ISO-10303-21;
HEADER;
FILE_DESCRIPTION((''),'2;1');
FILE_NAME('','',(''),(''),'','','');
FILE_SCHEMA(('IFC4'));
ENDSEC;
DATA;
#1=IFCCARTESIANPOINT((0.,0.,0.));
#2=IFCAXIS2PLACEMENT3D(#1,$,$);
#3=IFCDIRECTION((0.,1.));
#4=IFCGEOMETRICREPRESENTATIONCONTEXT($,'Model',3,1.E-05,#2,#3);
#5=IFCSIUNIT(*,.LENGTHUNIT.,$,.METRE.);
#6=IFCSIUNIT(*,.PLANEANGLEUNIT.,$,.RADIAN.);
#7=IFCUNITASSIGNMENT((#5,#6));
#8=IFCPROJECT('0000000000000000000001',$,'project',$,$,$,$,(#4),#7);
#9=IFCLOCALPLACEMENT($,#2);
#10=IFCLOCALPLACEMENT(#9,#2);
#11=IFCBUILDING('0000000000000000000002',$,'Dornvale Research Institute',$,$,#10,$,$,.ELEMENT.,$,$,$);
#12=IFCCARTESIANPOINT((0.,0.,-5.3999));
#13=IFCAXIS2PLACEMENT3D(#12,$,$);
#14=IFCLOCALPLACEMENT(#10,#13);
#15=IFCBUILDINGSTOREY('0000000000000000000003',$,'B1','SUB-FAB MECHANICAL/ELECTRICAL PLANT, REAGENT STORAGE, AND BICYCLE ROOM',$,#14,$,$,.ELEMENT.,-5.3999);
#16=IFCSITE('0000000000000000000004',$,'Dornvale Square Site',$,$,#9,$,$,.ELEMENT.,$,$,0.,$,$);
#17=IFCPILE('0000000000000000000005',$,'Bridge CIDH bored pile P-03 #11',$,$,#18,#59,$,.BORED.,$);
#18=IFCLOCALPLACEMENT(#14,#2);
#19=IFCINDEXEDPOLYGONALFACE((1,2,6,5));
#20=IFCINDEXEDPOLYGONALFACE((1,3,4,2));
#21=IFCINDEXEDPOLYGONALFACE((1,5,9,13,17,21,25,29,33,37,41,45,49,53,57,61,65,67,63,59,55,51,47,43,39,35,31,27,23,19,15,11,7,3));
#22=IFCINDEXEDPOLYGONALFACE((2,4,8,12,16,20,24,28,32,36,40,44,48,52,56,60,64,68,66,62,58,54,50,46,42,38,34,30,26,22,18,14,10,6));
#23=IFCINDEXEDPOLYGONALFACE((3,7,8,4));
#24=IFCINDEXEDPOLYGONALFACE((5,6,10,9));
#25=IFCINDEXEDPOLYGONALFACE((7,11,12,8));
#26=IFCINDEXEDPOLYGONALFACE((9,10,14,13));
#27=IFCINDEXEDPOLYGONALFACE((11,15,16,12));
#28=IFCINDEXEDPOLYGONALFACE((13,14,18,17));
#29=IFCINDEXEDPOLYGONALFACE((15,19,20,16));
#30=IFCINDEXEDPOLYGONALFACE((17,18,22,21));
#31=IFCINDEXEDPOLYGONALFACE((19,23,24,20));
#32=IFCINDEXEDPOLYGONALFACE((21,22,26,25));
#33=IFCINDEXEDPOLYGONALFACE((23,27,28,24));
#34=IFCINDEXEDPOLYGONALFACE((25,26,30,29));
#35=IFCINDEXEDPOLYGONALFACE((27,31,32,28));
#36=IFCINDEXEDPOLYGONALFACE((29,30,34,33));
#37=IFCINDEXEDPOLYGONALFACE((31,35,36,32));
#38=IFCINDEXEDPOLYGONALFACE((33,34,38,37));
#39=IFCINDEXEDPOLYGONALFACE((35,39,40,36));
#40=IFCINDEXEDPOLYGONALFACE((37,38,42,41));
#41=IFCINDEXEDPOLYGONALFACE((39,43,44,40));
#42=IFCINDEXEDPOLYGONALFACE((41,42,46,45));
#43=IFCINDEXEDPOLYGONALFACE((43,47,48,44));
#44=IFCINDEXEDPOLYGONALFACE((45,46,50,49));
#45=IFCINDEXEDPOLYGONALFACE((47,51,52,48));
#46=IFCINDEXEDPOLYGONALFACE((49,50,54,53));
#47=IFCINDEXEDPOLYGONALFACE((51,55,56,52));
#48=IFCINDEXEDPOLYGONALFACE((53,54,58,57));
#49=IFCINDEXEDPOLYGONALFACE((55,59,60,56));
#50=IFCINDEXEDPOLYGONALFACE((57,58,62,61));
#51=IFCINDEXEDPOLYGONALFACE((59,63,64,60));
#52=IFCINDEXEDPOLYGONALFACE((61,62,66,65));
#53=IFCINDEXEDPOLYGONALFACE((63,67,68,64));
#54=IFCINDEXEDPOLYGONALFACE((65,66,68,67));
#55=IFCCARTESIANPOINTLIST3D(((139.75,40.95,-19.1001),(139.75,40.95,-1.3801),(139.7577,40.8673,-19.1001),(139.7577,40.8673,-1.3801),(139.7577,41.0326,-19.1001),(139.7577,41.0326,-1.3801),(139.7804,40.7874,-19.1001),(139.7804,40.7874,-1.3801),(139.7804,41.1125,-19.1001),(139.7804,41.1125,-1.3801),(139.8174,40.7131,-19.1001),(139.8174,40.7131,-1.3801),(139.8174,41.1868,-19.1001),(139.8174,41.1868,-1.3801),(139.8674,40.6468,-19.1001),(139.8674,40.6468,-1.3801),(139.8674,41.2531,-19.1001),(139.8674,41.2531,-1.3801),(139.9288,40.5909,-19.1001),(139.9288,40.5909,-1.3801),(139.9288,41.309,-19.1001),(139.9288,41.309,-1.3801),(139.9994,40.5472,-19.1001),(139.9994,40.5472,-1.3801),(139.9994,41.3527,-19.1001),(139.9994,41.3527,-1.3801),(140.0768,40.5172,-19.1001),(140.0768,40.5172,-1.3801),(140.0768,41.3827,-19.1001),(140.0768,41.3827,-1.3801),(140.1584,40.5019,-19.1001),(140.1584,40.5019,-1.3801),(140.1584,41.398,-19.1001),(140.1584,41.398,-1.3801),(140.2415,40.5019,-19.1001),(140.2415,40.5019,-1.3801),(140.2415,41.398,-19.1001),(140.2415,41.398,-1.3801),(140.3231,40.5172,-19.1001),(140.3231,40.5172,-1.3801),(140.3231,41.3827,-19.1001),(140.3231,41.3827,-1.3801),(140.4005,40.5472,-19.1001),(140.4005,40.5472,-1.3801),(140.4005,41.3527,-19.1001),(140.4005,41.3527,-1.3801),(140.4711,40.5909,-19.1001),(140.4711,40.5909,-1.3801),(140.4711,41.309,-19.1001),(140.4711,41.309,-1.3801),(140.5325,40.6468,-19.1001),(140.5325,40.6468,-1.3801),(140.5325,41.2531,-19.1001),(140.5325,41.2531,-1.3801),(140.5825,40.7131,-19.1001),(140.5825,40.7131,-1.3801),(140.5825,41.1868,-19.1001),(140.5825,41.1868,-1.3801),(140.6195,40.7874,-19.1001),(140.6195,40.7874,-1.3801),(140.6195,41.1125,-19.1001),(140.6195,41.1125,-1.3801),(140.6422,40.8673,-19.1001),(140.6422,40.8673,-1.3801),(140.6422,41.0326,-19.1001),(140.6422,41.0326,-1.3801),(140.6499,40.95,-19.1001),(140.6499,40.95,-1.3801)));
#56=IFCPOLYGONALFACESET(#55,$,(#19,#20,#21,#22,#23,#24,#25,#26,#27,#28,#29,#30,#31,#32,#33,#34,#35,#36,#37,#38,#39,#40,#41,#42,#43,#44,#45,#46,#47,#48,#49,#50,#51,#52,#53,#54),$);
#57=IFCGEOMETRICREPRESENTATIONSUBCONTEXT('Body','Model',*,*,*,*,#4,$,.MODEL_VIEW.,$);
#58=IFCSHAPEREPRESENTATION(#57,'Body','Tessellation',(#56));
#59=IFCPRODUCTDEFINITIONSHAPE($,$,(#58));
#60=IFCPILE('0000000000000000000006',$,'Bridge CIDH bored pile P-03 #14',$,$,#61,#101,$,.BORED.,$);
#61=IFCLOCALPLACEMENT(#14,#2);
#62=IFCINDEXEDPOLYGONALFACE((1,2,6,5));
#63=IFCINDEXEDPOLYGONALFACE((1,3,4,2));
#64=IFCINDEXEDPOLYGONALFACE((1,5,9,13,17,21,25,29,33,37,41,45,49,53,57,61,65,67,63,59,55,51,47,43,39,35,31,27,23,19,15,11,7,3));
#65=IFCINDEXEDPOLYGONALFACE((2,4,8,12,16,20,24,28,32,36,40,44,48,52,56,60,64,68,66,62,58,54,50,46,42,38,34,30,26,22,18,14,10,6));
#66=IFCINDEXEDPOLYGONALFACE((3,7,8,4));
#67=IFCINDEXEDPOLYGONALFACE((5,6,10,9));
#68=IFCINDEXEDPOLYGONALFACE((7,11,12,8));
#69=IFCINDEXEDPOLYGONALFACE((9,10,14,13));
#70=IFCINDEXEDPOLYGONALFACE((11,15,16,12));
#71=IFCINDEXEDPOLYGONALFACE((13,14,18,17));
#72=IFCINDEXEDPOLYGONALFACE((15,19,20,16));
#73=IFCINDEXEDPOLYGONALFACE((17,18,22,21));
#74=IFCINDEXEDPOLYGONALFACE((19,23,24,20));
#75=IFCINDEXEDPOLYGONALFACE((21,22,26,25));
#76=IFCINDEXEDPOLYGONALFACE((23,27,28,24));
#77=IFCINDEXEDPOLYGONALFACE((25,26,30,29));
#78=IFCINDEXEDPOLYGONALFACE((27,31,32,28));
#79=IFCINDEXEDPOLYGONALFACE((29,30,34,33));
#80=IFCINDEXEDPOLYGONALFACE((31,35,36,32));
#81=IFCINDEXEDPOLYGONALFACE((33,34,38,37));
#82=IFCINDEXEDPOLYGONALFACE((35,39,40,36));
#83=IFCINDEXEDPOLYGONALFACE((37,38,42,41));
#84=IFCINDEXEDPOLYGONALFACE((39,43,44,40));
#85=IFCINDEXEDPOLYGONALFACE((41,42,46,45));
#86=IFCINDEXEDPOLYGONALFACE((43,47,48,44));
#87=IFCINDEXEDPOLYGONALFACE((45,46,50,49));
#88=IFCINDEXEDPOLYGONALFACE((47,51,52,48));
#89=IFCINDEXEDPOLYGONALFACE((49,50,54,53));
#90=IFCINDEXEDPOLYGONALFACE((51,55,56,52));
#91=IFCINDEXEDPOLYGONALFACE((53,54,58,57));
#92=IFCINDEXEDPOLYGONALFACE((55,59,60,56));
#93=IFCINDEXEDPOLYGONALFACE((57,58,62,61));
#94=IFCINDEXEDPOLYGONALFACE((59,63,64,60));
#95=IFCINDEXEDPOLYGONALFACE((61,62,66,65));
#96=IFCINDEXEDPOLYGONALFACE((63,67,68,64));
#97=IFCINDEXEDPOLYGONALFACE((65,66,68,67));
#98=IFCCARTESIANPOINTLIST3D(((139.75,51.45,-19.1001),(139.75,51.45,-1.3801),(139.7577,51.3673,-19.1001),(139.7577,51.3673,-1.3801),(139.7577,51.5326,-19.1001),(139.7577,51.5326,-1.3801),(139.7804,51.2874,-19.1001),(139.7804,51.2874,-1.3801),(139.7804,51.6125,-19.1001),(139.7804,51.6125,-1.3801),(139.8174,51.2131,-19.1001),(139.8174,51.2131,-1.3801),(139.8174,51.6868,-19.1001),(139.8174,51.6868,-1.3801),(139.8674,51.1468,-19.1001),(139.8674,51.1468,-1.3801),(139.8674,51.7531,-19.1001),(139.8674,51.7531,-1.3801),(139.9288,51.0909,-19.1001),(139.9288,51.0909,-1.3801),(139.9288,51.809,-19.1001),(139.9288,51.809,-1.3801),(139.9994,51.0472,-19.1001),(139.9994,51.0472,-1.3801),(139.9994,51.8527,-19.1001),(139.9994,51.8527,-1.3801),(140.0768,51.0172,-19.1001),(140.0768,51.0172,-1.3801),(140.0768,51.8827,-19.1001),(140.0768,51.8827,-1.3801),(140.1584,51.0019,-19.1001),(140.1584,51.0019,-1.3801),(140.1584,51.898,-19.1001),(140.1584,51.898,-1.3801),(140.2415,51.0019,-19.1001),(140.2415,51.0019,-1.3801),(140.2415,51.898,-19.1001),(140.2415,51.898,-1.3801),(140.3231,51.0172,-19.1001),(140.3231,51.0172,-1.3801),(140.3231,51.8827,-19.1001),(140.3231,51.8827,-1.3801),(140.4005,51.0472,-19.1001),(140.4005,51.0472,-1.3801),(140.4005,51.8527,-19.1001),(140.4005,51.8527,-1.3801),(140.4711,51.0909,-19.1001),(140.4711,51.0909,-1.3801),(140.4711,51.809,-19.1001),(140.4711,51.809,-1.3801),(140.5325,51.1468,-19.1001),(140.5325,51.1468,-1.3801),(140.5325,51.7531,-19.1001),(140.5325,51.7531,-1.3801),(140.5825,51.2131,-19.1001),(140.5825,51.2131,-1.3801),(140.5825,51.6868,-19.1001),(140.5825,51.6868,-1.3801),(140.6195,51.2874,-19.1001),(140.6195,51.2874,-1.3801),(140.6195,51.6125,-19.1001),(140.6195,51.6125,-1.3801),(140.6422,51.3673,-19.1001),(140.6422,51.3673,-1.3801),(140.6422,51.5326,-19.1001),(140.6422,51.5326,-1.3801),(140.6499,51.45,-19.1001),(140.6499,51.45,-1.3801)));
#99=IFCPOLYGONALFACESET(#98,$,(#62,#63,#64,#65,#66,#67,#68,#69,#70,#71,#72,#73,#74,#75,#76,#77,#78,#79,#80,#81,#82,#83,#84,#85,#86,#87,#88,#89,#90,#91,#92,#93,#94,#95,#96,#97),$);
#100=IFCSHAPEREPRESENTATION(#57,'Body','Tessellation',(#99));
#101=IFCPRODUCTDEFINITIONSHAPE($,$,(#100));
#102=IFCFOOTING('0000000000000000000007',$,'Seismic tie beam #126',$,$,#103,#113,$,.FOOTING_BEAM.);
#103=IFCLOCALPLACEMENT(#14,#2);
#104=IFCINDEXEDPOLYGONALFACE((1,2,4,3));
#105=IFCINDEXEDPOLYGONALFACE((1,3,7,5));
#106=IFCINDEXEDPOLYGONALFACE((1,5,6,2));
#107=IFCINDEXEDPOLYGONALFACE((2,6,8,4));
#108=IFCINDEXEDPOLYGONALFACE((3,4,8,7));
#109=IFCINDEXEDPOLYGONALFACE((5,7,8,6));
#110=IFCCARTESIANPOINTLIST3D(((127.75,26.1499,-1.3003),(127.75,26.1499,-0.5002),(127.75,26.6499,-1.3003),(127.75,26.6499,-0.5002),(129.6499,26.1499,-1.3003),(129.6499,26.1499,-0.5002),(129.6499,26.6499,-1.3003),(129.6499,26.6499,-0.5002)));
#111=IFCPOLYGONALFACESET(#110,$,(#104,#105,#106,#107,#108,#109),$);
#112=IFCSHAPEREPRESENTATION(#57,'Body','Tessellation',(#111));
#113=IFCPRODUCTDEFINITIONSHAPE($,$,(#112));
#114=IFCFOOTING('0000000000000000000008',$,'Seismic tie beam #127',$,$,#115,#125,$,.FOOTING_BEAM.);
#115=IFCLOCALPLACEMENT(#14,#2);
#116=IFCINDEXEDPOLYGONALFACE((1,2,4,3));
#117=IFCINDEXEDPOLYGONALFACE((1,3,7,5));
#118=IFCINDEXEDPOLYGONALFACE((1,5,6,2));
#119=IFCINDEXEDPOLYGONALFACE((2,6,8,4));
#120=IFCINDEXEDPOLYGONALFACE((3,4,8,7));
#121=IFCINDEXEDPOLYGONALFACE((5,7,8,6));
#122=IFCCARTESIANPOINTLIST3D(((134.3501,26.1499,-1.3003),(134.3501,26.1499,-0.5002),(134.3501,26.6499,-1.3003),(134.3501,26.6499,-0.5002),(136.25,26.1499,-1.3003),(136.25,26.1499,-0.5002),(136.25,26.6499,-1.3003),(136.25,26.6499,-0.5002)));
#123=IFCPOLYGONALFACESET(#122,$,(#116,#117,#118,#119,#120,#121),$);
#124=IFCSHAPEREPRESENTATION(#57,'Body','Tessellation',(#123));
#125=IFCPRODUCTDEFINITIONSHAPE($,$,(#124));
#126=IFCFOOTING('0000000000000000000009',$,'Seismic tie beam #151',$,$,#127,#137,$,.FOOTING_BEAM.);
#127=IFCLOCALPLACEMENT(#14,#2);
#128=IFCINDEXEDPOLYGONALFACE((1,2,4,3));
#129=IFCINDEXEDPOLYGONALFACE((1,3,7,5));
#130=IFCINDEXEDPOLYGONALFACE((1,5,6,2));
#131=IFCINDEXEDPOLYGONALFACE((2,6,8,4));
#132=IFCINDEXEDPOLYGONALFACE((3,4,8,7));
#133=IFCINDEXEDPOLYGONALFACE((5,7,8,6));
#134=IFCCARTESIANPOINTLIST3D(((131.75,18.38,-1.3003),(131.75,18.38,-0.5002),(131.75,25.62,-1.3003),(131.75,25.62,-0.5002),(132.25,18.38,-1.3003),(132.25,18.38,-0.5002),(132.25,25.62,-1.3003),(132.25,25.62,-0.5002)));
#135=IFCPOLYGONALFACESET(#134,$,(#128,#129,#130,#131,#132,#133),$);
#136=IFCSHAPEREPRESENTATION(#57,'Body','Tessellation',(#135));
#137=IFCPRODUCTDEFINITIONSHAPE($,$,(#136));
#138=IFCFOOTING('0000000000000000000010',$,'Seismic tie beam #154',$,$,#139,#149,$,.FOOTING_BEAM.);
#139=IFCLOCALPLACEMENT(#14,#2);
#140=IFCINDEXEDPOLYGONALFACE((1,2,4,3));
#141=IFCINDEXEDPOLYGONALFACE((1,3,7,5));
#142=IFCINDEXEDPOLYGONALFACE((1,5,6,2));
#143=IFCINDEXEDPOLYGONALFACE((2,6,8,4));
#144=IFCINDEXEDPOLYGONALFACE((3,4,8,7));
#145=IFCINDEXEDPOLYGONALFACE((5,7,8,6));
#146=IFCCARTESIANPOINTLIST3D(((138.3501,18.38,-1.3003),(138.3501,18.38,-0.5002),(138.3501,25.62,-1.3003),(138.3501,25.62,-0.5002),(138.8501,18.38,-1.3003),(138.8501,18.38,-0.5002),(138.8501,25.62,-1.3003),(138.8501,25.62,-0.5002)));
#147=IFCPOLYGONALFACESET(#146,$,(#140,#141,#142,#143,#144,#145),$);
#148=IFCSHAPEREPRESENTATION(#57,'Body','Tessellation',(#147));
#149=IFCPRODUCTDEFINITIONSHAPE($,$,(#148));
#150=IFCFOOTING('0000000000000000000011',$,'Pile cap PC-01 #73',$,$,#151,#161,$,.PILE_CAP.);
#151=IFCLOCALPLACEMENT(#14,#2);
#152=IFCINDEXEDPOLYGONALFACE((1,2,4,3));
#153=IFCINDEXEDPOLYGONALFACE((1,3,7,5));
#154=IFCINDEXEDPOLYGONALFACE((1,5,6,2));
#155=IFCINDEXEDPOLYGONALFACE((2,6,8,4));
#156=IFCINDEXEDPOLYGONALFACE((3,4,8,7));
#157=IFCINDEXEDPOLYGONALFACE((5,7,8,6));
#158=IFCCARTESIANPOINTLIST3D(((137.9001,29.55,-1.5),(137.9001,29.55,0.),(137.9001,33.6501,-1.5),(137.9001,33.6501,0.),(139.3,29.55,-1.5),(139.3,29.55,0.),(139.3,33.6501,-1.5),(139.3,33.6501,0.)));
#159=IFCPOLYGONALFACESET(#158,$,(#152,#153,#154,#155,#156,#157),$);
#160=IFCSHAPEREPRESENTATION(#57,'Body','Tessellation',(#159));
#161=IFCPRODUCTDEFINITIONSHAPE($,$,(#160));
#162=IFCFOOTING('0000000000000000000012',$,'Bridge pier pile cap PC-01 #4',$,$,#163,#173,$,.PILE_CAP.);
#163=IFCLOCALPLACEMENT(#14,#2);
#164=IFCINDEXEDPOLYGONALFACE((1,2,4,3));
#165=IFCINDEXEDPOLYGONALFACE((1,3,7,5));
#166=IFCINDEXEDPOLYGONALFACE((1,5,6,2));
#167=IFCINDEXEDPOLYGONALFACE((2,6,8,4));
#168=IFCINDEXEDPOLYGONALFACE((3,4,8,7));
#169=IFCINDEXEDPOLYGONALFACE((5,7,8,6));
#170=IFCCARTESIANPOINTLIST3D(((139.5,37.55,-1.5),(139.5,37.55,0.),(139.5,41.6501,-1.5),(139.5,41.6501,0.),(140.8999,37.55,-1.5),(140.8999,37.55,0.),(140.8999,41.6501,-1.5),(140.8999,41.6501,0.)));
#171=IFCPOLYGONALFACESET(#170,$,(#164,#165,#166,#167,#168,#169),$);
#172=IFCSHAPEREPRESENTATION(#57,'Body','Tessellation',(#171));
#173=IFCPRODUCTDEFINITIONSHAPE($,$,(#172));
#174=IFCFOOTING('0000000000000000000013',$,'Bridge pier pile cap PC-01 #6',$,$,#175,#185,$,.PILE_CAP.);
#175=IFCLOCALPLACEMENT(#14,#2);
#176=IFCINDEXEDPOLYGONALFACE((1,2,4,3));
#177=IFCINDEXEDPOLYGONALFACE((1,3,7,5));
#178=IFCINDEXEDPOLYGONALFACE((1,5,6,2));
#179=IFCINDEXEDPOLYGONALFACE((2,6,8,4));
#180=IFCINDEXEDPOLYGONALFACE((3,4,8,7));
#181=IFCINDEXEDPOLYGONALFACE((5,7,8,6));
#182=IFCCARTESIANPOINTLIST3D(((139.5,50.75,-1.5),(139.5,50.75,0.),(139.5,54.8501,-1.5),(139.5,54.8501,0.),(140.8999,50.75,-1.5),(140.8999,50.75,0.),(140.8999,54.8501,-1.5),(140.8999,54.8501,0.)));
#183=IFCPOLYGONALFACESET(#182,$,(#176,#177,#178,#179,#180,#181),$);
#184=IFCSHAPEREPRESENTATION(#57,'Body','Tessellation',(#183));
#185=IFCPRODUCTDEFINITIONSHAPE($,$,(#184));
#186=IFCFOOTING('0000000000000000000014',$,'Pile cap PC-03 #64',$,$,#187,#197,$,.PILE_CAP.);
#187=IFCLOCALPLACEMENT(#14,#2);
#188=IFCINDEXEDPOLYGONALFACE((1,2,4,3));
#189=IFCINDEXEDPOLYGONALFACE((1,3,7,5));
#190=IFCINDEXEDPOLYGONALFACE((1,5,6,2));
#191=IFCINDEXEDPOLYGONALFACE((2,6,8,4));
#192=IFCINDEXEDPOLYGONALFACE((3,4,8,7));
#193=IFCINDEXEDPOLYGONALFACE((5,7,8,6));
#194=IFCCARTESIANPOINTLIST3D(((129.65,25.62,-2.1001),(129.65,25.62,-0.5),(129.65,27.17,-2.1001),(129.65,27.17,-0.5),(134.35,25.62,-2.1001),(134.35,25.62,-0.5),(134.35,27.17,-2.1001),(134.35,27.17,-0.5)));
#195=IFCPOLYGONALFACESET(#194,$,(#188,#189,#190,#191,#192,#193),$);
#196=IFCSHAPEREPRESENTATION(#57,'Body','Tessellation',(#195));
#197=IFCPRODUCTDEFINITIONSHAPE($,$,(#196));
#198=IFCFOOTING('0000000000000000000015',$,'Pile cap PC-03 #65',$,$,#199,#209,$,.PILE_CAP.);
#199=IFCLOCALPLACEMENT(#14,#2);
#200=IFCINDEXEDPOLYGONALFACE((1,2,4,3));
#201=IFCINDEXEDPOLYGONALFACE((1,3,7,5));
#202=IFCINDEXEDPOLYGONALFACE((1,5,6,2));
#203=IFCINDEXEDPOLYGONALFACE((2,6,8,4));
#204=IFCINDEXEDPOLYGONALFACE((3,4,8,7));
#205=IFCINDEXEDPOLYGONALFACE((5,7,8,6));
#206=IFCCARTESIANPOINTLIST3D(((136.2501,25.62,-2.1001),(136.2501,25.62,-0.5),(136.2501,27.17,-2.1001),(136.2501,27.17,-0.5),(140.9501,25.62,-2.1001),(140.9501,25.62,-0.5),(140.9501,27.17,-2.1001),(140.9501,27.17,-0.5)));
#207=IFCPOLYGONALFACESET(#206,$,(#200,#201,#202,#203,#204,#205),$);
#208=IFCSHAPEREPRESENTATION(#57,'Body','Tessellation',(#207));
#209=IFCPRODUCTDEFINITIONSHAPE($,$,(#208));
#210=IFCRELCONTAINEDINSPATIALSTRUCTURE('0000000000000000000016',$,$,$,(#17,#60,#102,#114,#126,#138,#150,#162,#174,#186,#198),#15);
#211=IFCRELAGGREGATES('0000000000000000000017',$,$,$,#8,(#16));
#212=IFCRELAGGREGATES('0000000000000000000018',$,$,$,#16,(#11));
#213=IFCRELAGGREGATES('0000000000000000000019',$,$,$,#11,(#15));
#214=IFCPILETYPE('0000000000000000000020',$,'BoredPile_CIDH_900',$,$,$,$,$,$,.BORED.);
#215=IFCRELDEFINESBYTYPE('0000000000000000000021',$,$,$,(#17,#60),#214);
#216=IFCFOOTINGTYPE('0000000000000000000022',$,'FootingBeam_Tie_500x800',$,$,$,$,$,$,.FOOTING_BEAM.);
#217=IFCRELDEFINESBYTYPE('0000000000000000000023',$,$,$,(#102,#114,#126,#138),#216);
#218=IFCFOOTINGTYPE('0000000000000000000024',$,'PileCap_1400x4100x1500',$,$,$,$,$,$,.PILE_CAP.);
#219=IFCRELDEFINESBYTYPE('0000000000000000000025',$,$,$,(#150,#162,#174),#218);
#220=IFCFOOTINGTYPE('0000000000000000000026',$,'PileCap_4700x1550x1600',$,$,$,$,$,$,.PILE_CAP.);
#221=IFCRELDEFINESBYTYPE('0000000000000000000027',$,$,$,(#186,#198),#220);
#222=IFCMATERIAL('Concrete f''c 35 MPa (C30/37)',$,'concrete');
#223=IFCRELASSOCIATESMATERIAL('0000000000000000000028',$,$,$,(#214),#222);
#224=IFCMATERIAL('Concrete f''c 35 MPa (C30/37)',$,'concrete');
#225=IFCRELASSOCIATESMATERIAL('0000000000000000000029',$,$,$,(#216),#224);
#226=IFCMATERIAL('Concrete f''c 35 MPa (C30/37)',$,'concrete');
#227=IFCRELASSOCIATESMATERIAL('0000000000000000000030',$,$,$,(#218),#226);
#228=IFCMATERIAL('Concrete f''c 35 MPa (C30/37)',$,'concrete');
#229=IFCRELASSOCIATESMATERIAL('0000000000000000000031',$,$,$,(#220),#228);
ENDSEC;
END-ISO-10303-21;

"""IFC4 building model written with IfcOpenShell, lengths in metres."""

from ifc_helpers import new_model, si_unit, direction, frame, origin, origin_2d, place, context, subcontext, project, spatial, rectangle, circle, extrude, material, material_profile, profile_set, type_object, element, save


model = new_model("IFC4")

# Units and contexts
model_context = context("Model", 3, precision=1e-05, world=origin(), true_north=direction((0.0, 1.0)))
body_context = subcontext(model_context, "Body", "Model", "MODEL_VIEW")
ifc_project = project(units=[si_unit("LENGTHUNIT", "METRE"), si_unit("PLANEANGLEUNIT", "RADIAN")], contexts=[model_context])

# Site, building, storey
site_placement = place(None, origin())
site = spatial("IfcSite", under=ifc_project, at=site_placement, Name="Dornvale Square Site", CompositionType="ELEMENT", RefElevation=0.0)
building_placement = place(site_placement, origin())
building = spatial("IfcBuilding", under=site, at=building_placement, Name="Dornvale Research Institute", CompositionType="ELEMENT")
storey_placement = place(building_placement, frame((0.0, 0.0, -5.3999)))
storey = spatial("IfcBuildingStorey", under=building, at=storey_placement, Name="B1", Description="SUB-FAB MECHANICAL/ELECTRICAL PLANT, REAGENT STORAGE, AND BICYCLE ROOM", CompositionType="ELEMENT", Elevation=-5.3999)

# Piles
ifc_material_1 = material(Name="Concrete f'c 35 MPa (C30/37)", Category="concrete")
ifc_material_profile_1 = material_profile(ifc_material_1, circle(Radius=0.45, at=origin_2d()), Name="CIDH PILE D900")
ifc_profile_set_1 = profile_set([ifc_material_profile_1], Name="Concrete f'c 35 MPa (C30/37)")
pile_type_1 = type_object("IfcPileType", Name="BoredPile_CIDH_900", PredefinedType="BORED", material=ifc_profile_set_1)
for number, where, z_axis, x_axis, name in (
    (1, (140.2, 40.95, -1.3801), (0.0, 0.0, -1.0), (1.0, 0.0, 0.0), "Bridge CIDH bored pile P-03 #11"),
    (2, (140.2, 51.45, -1.3801), (0.0, 0.0, -1.0), (1.0, 0.0, 0.0), "Bridge CIDH bored pile P-03 #14"),
):
    element("IfcPile", number, at=place(storey_placement, frame(where, z_axis=z_axis, x_axis=x_axis)), inside=storey, type_object=pile_type_1, Name=name, PredefinedType="BORED", context=body_context, shape_type="SweptSolid", body=[
        extrude(circle(Radius=0.45, at=origin_2d()), origin(), (0.0, 0.0, 1.0), 17.72),
    ])

# Footings
ifc_material_2 = material(Name="Concrete f'c 35 MPa (C30/37)", Category="concrete")
footing_type_1 = type_object("IfcFootingType", Name="FootingBeam_Tie_500x800", PredefinedType="FOOTING_BEAM", material=ifc_material_2)
for number, where, z_axis, x_axis, name in (
    (3, (128.7, 26.3999, -1.3003), (0.0, 0.0, 1.0), (1.0, 0.0, 0.0), "Seismic tie beam #126"),
    (4, (135.3, 26.3999, -1.3003), (0.0, 0.0, 1.0), (1.0, 0.0, 0.0), "Seismic tie beam #127"),
):
    element("IfcFooting", number, at=place(storey_placement, frame(where, z_axis=z_axis, x_axis=x_axis)), inside=storey, type_object=footing_type_1, Name=name, PredefinedType="FOOTING_BEAM", context=body_context, shape_type="SweptSolid", body=[
        extrude(rectangle(XDim=1.8999, YDim=0.5, at=origin_2d()), origin(), (0.0, 0.0, 1.0), 0.8),
    ])
for number, where, z_axis, x_axis, name in (
    (5, (132.0, 22.0, -1.3003), (0.0, 0.0, 1.0), (0.0, 1.0, 0.0), "Seismic tie beam #151"),
    (6, (138.6001, 22.0, -1.3003), (0.0, 0.0, 1.0), (0.0, 1.0, 0.0), "Seismic tie beam #154"),
):
    element("IfcFooting", number, at=place(storey_placement, frame(where, z_axis=z_axis, x_axis=x_axis)), inside=storey, type_object=footing_type_1, Name=name, PredefinedType="FOOTING_BEAM", context=body_context, shape_type="SweptSolid", body=[
        extrude(rectangle(XDim=7.24, YDim=0.5, at=origin_2d()), origin(), (0.0, 0.0, 1.0), 0.8),
    ])
ifc_material_3 = material(Name="Concrete f'c 35 MPa (C30/37)", Category="concrete")
footing_type_2 = type_object("IfcFootingType", Name="PileCap_1400x4100x1500", PredefinedType="PILE_CAP", material=ifc_material_3)
for number, where, z_axis, x_axis, name in (
    (7, (138.6001, 31.6001, -1.5), (0.0, 0.0, 1.0), (1.0, 0.0, 0.0), "Pile cap PC-01 #73"),
    (8, (140.2, 39.6001, -1.5), (0.0, 0.0, 1.0), (1.0, 0.0, 0.0), "Bridge pier pile cap PC-01 #4"),
    (9, (140.2, 52.8, -1.5), (0.0, 0.0, 1.0), (1.0, 0.0, 0.0), "Bridge pier pile cap PC-01 #6"),
):
    element("IfcFooting", number, at=place(storey_placement, frame(where, z_axis=z_axis, x_axis=x_axis)), inside=storey, type_object=footing_type_2, Name=name, PredefinedType="PILE_CAP", context=body_context, shape_type="SweptSolid", body=[
        extrude(rectangle(XDim=1.3999, YDim=4.1001, at=origin_2d()), origin(), (0.0, 0.0, 1.0), 1.5),
    ])
ifc_material_4 = material(Name="Concrete f'c 35 MPa (C30/37)", Category="concrete")
footing_type_3 = type_object("IfcFootingType", Name="PileCap_4700x1550x1600", PredefinedType="PILE_CAP", material=ifc_material_4)
for number, where, z_axis, x_axis, name in (
    (10, (132.0, 26.395, -2.1001), (0.0, 0.0, 1.0), (1.0, 0.0, 0.0), "Pile cap PC-03 #64"),
    (11, (138.6001, 26.395, -2.1001), (0.0, 0.0, 1.0), (1.0, 0.0, 0.0), "Pile cap PC-03 #65"),
):
    element("IfcFooting", number, at=place(storey_placement, frame(where, z_axis=z_axis, x_axis=x_axis)), inside=storey, type_object=footing_type_3, Name=name, PredefinedType="PILE_CAP", context=body_context, shape_type="SweptSolid", body=[
        extrude(rectangle(XDim=4.7, YDim=1.55, at=origin_2d()), origin(), (0.0, 0.0, 1.0), 1.6001),
    ])

save(model, "model.ifc")
